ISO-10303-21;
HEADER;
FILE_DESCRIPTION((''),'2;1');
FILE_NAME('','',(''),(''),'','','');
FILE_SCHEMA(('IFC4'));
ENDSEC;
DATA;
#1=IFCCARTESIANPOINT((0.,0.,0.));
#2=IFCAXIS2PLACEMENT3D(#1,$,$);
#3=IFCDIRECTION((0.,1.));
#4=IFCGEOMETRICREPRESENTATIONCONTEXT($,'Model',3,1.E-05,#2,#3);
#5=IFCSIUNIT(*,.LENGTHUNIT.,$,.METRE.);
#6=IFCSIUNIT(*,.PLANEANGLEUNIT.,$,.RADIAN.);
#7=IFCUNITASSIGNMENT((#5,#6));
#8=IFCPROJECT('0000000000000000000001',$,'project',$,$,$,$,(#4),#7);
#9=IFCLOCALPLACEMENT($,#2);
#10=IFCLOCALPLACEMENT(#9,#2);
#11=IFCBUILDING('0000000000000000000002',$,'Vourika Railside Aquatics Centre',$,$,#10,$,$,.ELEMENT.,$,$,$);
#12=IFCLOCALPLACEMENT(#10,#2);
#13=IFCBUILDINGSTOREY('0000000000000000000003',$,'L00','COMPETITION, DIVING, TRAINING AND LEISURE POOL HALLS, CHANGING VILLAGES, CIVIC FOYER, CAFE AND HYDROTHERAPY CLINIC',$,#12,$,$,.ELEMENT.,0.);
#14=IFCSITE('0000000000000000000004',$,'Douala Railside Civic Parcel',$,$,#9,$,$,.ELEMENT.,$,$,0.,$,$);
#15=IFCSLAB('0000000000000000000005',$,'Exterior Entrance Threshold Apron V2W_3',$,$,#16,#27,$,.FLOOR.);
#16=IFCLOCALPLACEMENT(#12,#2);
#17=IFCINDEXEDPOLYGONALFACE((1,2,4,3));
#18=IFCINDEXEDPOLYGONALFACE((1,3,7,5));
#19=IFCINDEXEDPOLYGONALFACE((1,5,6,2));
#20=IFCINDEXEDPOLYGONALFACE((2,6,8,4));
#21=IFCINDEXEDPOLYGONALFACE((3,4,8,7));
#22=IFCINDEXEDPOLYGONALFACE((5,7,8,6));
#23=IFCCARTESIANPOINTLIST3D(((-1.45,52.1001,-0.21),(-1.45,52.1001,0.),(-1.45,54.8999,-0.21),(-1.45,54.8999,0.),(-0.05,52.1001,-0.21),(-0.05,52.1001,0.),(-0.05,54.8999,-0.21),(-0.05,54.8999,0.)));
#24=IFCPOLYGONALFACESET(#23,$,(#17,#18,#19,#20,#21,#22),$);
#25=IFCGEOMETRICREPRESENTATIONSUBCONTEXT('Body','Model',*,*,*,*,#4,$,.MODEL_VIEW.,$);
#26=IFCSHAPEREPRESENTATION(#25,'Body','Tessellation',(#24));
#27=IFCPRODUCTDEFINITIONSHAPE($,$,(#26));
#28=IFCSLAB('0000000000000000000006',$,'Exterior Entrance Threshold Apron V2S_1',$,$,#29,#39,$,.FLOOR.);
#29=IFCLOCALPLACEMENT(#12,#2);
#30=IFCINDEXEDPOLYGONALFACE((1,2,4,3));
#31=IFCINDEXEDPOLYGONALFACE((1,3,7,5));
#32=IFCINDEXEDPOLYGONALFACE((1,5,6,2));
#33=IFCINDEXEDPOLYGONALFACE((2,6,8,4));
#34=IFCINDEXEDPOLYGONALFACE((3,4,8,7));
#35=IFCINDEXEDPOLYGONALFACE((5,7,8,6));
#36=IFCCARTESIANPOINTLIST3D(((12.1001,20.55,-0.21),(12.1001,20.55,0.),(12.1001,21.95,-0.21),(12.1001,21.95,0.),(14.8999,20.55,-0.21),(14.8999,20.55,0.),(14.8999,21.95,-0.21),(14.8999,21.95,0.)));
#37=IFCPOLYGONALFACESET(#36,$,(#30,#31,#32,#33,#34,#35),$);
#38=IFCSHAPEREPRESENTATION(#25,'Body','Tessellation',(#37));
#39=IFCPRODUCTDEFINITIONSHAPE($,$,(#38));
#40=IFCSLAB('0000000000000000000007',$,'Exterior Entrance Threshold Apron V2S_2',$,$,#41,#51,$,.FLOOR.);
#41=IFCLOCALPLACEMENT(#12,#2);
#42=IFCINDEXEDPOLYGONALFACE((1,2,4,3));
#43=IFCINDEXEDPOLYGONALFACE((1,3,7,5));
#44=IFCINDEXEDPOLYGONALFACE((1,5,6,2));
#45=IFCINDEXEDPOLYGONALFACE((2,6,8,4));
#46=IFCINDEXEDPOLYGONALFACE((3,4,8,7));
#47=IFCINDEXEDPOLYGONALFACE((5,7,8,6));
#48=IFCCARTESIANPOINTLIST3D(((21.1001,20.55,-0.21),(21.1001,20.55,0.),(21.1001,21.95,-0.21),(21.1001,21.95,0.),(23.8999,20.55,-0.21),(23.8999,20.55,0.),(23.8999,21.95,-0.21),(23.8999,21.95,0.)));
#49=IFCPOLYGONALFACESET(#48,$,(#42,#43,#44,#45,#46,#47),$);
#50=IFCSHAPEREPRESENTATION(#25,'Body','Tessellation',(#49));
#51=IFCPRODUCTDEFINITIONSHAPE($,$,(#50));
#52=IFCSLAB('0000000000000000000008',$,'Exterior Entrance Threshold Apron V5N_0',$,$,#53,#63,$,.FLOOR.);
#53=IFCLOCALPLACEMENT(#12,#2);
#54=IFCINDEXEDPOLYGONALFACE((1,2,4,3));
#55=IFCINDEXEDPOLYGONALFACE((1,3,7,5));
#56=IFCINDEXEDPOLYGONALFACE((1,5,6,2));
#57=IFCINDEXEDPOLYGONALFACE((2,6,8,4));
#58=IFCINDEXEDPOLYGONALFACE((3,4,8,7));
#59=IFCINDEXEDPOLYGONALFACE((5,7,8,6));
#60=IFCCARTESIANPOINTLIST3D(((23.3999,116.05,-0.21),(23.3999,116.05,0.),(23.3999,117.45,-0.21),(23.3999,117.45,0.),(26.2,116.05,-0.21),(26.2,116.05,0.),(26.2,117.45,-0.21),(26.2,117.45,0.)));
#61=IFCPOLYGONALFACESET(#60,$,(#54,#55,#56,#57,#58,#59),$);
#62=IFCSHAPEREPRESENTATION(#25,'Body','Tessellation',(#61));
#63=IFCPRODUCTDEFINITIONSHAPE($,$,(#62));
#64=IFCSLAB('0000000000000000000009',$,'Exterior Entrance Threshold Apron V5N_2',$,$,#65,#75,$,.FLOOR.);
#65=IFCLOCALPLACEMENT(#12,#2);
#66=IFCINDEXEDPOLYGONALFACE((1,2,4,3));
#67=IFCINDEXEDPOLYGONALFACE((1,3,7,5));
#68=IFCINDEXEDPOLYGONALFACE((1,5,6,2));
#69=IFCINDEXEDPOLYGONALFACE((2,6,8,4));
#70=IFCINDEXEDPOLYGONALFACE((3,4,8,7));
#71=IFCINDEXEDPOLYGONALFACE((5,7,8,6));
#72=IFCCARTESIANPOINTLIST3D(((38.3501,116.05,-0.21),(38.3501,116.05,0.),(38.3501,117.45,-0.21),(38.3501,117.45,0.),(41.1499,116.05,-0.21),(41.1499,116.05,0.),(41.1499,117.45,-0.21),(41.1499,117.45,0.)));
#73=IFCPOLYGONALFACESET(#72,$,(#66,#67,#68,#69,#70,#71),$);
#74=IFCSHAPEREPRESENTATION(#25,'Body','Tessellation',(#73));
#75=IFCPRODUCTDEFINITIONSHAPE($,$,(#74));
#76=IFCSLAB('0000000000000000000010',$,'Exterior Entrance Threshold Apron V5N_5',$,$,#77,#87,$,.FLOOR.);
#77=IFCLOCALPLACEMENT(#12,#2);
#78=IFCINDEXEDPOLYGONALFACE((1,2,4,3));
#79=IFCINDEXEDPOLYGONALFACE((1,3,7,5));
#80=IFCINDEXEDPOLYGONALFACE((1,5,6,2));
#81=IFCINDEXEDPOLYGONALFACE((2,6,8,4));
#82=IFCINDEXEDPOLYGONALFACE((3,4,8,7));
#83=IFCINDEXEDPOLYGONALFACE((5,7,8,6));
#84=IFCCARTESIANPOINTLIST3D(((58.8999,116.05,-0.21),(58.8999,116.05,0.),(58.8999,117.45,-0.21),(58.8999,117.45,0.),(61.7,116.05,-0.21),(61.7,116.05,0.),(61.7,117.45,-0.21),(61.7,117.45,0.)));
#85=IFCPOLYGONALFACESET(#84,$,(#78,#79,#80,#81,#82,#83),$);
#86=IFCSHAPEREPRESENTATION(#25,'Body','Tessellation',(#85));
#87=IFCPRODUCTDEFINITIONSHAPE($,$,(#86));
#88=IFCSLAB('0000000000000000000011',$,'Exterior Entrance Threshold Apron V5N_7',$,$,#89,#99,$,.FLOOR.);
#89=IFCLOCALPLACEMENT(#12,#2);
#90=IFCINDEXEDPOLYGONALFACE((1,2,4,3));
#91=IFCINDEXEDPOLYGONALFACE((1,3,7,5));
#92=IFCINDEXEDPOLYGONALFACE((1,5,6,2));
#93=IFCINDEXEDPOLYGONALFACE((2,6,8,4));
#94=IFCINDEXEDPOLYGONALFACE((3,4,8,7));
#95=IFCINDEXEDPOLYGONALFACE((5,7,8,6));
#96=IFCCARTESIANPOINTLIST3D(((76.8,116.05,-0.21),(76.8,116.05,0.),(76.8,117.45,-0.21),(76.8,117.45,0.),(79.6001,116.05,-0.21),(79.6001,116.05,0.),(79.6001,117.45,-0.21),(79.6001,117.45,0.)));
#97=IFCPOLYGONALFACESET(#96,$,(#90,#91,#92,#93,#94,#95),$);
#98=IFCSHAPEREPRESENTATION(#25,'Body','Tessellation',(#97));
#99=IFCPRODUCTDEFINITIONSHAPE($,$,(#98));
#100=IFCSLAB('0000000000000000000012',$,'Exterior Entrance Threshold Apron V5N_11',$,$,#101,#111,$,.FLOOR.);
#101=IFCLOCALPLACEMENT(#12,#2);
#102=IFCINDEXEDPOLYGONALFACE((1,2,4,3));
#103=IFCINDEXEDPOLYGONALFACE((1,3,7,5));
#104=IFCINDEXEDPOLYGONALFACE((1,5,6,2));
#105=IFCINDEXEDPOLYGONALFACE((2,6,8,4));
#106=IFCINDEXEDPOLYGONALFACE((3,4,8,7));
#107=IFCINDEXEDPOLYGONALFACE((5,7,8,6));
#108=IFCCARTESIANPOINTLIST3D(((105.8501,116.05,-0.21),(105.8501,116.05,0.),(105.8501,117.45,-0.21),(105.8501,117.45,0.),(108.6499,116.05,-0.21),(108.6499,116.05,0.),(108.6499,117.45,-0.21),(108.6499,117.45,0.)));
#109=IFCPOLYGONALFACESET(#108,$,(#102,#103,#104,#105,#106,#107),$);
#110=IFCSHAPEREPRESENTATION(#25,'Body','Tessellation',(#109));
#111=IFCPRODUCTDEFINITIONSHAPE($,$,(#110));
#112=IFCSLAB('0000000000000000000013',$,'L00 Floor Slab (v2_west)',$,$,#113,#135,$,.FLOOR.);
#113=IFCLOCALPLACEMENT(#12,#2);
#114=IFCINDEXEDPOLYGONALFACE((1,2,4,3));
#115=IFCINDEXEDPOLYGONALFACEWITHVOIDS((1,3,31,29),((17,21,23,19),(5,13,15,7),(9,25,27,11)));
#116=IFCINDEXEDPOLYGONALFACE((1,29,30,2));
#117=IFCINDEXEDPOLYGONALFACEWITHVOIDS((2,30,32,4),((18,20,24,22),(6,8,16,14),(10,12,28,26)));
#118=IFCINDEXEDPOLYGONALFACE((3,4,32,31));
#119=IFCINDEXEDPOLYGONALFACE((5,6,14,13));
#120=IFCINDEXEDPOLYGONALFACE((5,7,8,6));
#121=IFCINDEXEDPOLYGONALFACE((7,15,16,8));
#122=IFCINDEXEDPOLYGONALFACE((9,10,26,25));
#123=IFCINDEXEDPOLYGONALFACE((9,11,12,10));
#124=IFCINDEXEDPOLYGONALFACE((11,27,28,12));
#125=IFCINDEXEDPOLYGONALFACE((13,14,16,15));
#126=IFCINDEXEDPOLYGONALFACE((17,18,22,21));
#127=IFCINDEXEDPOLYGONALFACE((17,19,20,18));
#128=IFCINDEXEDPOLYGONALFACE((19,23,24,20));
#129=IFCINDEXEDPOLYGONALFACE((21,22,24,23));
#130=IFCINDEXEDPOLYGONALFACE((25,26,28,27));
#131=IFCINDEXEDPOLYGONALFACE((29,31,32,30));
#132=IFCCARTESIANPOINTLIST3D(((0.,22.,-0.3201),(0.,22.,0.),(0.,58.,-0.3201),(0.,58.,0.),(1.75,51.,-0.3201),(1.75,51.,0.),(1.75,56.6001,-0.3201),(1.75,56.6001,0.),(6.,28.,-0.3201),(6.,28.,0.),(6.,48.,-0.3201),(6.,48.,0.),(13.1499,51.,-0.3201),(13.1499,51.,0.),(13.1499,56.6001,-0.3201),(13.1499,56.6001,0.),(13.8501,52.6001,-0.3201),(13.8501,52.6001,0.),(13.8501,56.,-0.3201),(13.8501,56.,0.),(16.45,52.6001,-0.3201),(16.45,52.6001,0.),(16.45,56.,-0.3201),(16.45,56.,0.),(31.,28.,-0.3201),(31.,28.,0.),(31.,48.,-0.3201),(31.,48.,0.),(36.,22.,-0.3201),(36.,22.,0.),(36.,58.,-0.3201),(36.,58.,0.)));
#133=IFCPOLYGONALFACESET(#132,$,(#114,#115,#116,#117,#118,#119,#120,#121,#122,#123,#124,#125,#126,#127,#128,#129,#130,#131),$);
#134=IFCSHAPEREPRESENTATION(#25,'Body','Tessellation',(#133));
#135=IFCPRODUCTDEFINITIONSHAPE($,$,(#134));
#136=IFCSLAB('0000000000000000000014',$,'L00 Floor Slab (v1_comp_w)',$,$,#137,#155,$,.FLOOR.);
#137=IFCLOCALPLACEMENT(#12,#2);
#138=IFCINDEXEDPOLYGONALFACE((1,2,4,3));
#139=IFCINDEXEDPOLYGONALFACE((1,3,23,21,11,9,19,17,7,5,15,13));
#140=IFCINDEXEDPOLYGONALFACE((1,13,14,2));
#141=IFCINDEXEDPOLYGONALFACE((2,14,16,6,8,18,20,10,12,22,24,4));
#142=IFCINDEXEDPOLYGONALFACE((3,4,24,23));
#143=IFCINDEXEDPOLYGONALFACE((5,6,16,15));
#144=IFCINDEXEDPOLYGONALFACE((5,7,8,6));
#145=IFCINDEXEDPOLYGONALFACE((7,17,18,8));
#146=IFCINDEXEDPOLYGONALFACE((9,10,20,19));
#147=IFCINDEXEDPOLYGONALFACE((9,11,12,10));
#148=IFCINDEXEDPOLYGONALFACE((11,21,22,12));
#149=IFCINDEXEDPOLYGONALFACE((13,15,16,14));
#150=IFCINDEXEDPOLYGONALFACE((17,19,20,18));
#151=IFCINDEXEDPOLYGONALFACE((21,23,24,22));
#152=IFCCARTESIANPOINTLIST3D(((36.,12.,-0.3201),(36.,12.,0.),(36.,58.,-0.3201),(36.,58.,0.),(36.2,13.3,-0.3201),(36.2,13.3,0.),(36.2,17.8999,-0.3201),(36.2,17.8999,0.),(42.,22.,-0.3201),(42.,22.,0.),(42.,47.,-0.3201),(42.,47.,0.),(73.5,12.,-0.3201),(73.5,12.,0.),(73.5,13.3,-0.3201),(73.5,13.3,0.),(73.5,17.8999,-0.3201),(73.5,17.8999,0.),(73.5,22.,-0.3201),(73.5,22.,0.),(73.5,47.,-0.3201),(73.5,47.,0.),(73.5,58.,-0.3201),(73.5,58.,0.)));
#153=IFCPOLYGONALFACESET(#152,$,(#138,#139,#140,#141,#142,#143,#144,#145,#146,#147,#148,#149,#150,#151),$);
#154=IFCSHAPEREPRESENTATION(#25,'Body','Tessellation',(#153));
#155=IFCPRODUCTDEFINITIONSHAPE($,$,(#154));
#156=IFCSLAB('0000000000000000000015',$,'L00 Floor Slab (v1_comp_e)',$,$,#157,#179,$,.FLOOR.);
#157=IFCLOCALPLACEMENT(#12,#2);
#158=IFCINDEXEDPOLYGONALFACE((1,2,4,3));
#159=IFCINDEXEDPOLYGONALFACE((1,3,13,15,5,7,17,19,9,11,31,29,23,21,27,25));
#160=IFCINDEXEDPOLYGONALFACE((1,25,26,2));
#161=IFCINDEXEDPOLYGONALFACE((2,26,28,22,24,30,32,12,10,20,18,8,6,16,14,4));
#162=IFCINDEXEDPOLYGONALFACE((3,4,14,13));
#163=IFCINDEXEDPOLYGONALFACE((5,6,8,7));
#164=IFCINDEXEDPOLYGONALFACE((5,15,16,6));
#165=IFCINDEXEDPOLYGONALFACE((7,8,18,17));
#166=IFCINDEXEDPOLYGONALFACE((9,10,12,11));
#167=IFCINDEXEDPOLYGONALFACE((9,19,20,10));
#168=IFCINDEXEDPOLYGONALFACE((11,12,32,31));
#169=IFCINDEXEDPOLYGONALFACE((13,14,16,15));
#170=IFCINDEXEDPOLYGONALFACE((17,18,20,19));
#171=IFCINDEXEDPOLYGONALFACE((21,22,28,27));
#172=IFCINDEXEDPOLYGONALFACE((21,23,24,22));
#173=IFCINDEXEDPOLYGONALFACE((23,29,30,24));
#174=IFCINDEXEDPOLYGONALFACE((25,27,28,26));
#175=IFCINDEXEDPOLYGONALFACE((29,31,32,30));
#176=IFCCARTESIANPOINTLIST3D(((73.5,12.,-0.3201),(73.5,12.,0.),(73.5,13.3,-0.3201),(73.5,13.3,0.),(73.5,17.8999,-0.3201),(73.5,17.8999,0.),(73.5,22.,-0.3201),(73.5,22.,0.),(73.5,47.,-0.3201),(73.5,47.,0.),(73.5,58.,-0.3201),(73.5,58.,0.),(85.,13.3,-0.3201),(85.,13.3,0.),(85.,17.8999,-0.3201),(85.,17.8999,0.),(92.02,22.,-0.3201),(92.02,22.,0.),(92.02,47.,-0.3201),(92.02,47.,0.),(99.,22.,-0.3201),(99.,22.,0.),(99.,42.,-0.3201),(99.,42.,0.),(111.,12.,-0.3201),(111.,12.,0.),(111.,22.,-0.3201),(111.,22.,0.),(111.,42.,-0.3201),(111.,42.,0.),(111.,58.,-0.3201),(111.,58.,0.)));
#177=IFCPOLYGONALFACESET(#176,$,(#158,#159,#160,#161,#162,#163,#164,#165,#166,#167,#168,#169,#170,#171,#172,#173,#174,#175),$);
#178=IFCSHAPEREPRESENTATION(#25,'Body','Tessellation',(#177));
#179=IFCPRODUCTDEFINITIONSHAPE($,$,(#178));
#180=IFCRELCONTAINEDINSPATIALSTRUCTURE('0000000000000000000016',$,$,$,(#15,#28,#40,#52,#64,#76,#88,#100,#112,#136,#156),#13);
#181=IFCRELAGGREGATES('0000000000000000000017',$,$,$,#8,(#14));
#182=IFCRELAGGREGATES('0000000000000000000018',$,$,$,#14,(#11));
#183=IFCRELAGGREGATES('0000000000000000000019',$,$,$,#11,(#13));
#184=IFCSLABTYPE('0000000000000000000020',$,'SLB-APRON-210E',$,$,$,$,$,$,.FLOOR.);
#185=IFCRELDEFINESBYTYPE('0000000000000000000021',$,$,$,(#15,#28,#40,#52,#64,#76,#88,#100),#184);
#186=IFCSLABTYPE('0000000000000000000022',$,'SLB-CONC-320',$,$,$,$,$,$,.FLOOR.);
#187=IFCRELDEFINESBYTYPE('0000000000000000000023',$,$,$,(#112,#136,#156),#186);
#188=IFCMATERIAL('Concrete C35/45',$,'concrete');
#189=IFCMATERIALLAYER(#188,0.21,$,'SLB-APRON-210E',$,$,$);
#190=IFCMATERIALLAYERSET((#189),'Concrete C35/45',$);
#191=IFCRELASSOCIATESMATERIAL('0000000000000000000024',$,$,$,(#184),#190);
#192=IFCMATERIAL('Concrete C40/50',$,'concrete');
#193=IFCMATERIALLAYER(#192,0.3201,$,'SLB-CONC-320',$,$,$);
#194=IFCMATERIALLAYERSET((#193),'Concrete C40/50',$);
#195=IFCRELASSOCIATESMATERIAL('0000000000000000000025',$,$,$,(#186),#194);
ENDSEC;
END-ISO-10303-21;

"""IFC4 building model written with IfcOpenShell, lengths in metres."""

from ifc_helpers import new_model, si_unit, direction, frame, origin, place, context, subcontext, project, spatial, polyline, outline, extrude, material, layer, layer_set, type_object, element, save


model = new_model("IFC4")

# Units and contexts
model_context = context("Model", 3, precision=1e-05, world=origin(), true_north=direction((0.0, 1.0)))
body_context = subcontext(model_context, "Body", "Model", "MODEL_VIEW")
ifc_project = project(units=[si_unit("LENGTHUNIT", "METRE"), si_unit("PLANEANGLEUNIT", "RADIAN")], contexts=[model_context])

# Site, building, storey
site_placement = place(None, origin())
site = spatial("IfcSite", under=ifc_project, at=site_placement, Name="Douala Railside Civic Parcel", CompositionType="ELEMENT", RefElevation=0.0)
building_placement = place(site_placement, origin())
building = spatial("IfcBuilding", under=site, at=building_placement, Name="Vourika Railside Aquatics Centre", CompositionType="ELEMENT")
storey_placement = place(building_placement, origin())
storey = spatial("IfcBuildingStorey", under=building, at=storey_placement, Name="L00", Description="COMPETITION, DIVING, TRAINING AND LEISURE POOL HALLS, CHANGING VILLAGES, CIVIC FOYER, CAFE AND HYDROTHERAPY CLINIC", CompositionType="ELEMENT", Elevation=0.0)

# Slabs
ifc_material_1 = material(Name="Concrete C35/45", Category="concrete")
ifc_layer_1 = layer(ifc_material_1, 0.21, Name="SLB-APRON-210E")
ifc_layer_set_1 = layer_set([ifc_layer_1], Name="Concrete C35/45")
slab_type_1 = type_object("IfcSlabType", Name="SLB-APRON-210E", PredefinedType="FLOOR", material=ifc_layer_set_1)
slab_1_placement = place(storey_placement, frame((0.0, 0.0, -0.21)))
element("IfcSlab", 1, at=slab_1_placement, inside=storey, type_object=slab_type_1, Name="Exterior Entrance Threshold Apron V2W_3", PredefinedType="FLOOR", context=body_context, shape_type="SweptSolid", body=[
    extrude(outline(polyline([(-1.45, 52.1001), (-0.05, 52.1001), (-0.05, 54.8999), (-1.45, 54.8999), (-1.45, 52.1001)])), origin(), (0.0, 0.0, 1.0), 0.21),
])
slab_2_placement = place(storey_placement, frame((0.0, 0.0, -0.21)))
element("IfcSlab", 2, at=slab_2_placement, inside=storey, type_object=slab_type_1, Name="Exterior Entrance Threshold Apron V2S_1", PredefinedType="FLOOR", context=body_context, shape_type="SweptSolid", body=[
    extrude(outline(polyline([(12.1001, 20.55), (14.8999, 20.55), (14.8999, 21.95), (12.1001, 21.95), (12.1001, 20.55)])), origin(), (0.0, 0.0, 1.0), 0.21),
])
slab_3_placement = place(storey_placement, frame((0.0, 0.0, -0.21)))
element("IfcSlab", 3, at=slab_3_placement, inside=storey, type_object=slab_type_1, Name="Exterior Entrance Threshold Apron V2S_2", PredefinedType="FLOOR", context=body_context, shape_type="SweptSolid", body=[
    extrude(outline(polyline([(21.1001, 20.55), (23.8999, 20.55), (23.8999, 21.95), (21.1001, 21.95), (21.1001, 20.55)])), origin(), (0.0, 0.0, 1.0), 0.21),
])
slab_4_placement = place(storey_placement, frame((0.0, 0.0, -0.21)))
element("IfcSlab", 4, at=slab_4_placement, inside=storey, type_object=slab_type_1, Name="Exterior Entrance Threshold Apron V5N_0", PredefinedType="FLOOR", context=body_context, shape_type="SweptSolid", body=[
    extrude(outline(polyline([(23.3999, 116.05), (26.2, 116.05), (26.2, 117.45), (23.3999, 117.45), (23.3999, 116.05)])), origin(), (0.0, 0.0, 1.0), 0.21),
])
slab_5_placement = place(storey_placement, frame((0.0, 0.0, -0.21)))
element("IfcSlab", 5, at=slab_5_placement, inside=storey, type_object=slab_type_1, Name="Exterior Entrance Threshold Apron V5N_2", PredefinedType="FLOOR", context=body_context, shape_type="SweptSolid", body=[
    extrude(outline(polyline([(38.3501, 116.05), (41.1499, 116.05), (41.1499, 117.45), (38.3501, 117.45), (38.3501, 116.05)])), origin(), (0.0, 0.0, 1.0), 0.21),
])
slab_6_placement = place(storey_placement, frame((0.0, 0.0, -0.21)))
element("IfcSlab", 6, at=slab_6_placement, inside=storey, type_object=slab_type_1, Name="Exterior Entrance Threshold Apron V5N_5", PredefinedType="FLOOR", context=body_context, shape_type="SweptSolid", body=[
    extrude(outline(polyline([(58.8999, 116.05), (61.7, 116.05), (61.7, 117.45), (58.8999, 117.45), (58.8999, 116.05)])), origin(), (0.0, 0.0, 1.0), 0.21),
])
slab_7_placement = place(storey_placement, frame((0.0, 0.0, -0.21)))
element("IfcSlab", 7, at=slab_7_placement, inside=storey, type_object=slab_type_1, Name="Exterior Entrance Threshold Apron V5N_7", PredefinedType="FLOOR", context=body_context, shape_type="SweptSolid", body=[
    extrude(outline(polyline([(76.8, 116.05), (79.6001, 116.05), (79.6001, 117.45), (76.8, 117.45), (76.8, 116.05)])), origin(), (0.0, 0.0, 1.0), 0.21),
])
slab_8_placement = place(storey_placement, frame((0.0, 0.0, -0.21)))
element("IfcSlab", 8, at=slab_8_placement, inside=storey, type_object=slab_type_1, Name="Exterior Entrance Threshold Apron V5N_11", PredefinedType="FLOOR", context=body_context, shape_type="SweptSolid", body=[
    extrude(outline(polyline([(105.8501, 116.05), (108.6499, 116.05), (108.6499, 117.45), (105.8501, 117.45), (105.8501, 116.05)])), origin(), (0.0, 0.0, 1.0), 0.21),
])
ifc_material_2 = material(Name="Concrete C40/50", Category="concrete")
ifc_layer_2 = layer(ifc_material_2, 0.3201, Name="SLB-CONC-320")
ifc_layer_set_2 = layer_set([ifc_layer_2], Name="Concrete C40/50")
slab_type_2 = type_object("IfcSlabType", Name="SLB-CONC-320", PredefinedType="FLOOR", material=ifc_layer_set_2)
slab_9_placement = place(storey_placement, frame((0.0, 0.0, -0.3201)))
element("IfcSlab", 9, at=slab_9_placement, inside=storey, type_object=slab_type_2, Name="L00 Floor Slab (v2_west)", PredefinedType="FLOOR", context=body_context, shape_type="SweptSolid", body=[
    extrude(outline(polyline([(0.0, 22.0), (0.0, 58.0), (36.0, 58.0), (36.0, 22.0), (0.0, 22.0)]), holes=[polyline([(31.0, 48.0), (6.0, 48.0), (6.0, 28.0), (31.0, 28.0), (31.0, 48.0)]), polyline([(13.1499, 56.6001), (1.75, 56.6001), (1.75, 51.0), (13.1499, 51.0), (13.1499, 56.6001)]), polyline([(16.45, 56.0), (13.8501, 56.0), (13.8501, 52.6001), (16.45, 52.6001), (16.45, 56.0)])]), origin(), (0.0, 0.0, 1.0), 0.3201),
])
slab_10_placement = place(storey_placement, frame((0.0, 0.0, -0.3201)))
element("IfcSlab", 10, at=slab_10_placement, inside=storey, type_object=slab_type_2, Name="L00 Floor Slab (v1_comp_w)", PredefinedType="FLOOR", context=body_context, shape_type="SweptSolid", body=[
    extrude(outline(polyline([(73.5, 12.0), (36.0, 12.0), (36.0, 58.0), (73.5, 58.0), (73.5, 47.0), (42.0, 47.0), (42.0, 22.0), (73.5, 22.0), (73.5, 17.8999), (36.2, 17.8999), (36.2, 13.3), (73.5, 13.3), (73.5, 12.0)])), origin(), (0.0, 0.0, 1.0), 0.3201),
])
slab_11_placement = place(storey_placement, frame((0.0, 0.0, -0.3201)))
element("IfcSlab", 11, at=slab_11_placement, inside=storey, type_object=slab_type_2, Name="L00 Floor Slab (v1_comp_e)", PredefinedType="FLOOR", context=body_context, shape_type="SweptSolid", body=[
    extrude(outline(polyline([(111.0, 12.0), (73.5, 12.0), (73.5, 13.3), (85.0, 13.3), (85.0, 17.8999), (73.5, 17.8999), (73.5, 22.0), (92.02, 22.0), (92.02, 47.0), (73.5, 47.0), (73.5, 58.0), (111.0, 58.0), (111.0, 42.0), (99.0, 42.0), (99.0, 22.0), (111.0, 22.0), (111.0, 12.0)])), origin(), (0.0, 0.0, 1.0), 0.3201),
])

save(model, "model.ifc")
